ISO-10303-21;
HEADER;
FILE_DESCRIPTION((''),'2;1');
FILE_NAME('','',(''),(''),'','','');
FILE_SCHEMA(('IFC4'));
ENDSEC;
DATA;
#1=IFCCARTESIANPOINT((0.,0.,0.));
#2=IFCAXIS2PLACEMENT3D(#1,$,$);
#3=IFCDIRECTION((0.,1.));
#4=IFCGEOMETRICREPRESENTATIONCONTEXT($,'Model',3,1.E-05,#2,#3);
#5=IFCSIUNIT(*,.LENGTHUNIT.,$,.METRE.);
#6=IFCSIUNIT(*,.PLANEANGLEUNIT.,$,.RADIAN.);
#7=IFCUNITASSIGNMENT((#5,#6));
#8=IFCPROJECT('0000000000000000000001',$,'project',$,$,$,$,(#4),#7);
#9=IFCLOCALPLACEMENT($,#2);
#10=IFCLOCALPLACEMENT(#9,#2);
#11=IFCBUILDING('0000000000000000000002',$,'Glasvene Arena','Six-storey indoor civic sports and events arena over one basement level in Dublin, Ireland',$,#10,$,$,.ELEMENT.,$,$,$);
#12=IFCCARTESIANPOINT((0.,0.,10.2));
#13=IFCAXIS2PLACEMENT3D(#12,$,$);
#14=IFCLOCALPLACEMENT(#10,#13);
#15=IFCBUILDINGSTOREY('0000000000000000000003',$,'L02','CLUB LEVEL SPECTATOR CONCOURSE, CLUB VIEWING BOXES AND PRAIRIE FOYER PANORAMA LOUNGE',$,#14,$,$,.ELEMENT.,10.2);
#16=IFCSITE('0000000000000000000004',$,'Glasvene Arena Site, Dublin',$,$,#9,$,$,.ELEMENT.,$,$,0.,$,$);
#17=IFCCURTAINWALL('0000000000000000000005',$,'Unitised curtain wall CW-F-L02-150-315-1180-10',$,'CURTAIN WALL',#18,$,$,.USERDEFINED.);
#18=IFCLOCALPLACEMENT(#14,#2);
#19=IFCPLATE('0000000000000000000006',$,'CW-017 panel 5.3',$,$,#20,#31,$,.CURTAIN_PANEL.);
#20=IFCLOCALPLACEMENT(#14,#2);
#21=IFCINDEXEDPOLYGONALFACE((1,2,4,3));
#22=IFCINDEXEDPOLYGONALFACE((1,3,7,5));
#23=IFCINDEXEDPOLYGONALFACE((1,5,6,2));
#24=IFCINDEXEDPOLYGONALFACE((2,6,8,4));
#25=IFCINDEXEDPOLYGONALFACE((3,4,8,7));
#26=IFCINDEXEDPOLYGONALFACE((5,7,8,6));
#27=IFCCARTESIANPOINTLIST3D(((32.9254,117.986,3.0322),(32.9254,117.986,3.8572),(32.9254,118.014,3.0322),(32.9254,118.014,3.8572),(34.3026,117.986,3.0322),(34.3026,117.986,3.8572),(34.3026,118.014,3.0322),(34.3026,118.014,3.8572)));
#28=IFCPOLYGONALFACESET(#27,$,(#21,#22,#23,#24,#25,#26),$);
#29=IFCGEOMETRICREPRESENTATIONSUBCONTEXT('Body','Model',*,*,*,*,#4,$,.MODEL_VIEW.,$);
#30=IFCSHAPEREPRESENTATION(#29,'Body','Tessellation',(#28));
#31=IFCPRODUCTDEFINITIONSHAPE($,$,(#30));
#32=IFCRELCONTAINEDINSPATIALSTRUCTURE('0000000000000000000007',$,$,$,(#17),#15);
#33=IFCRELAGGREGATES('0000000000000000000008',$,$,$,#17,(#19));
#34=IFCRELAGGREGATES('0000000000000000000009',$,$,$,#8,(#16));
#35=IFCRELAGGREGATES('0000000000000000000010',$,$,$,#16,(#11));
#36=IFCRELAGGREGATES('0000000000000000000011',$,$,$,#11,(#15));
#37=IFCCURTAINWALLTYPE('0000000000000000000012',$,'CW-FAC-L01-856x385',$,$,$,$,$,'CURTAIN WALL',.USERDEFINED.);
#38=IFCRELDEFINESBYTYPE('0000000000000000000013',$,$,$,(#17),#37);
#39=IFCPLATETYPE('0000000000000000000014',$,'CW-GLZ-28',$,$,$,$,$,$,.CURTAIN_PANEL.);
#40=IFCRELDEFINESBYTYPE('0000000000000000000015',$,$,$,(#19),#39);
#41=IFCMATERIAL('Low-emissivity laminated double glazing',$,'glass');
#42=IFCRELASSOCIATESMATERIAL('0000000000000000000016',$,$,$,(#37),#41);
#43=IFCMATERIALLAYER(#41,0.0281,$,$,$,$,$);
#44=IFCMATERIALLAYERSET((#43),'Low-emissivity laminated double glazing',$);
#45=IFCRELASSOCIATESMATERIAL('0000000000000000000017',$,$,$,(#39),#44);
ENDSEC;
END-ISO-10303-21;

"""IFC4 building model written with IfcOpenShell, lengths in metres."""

from ifc_helpers import new_model, si_unit, direction, frame, origin, origin_2d, place, context, subcontext, project, spatial, rectangle, extrude, material, layer, layer_set, type_object, element, aggregate, save


model = new_model("IFC4")

# Units and contexts
model_context = context("Model", 3, precision=1e-05, world=origin(), true_north=direction((0.0, 1.0)))
body_context = subcontext(model_context, "Body", "Model", "MODEL_VIEW")
ifc_project = project(units=[si_unit("LENGTHUNIT", "METRE"), si_unit("PLANEANGLEUNIT", "RADIAN")], contexts=[model_context])

# Site, building, storey
site_placement = place(None, origin())
site = spatial("IfcSite", under=ifc_project, at=site_placement, Name="Glasvene Arena Site, Dublin", CompositionType="ELEMENT", RefElevation=0.0)
building_placement = place(site_placement, origin())
building = spatial("IfcBuilding", under=site, at=building_placement, Name="Glasvene Arena", Description="Six-storey indoor civic sports and events arena over one basement level in Dublin, Ireland", CompositionType="ELEMENT")
storey_placement = place(building_placement, frame((0.0, 0.0, 10.2)))
storey = spatial("IfcBuildingStorey", under=building, at=storey_placement, Name="L02", Description="CLUB LEVEL SPECTATOR CONCOURSE, CLUB VIEWING BOXES AND PRAIRIE FOYER PANORAMA LOUNGE", CompositionType="ELEMENT", Elevation=10.2)

# Curtain wall, plate
ifc_material_1 = material(Name="Low-emissivity laminated double glazing", Category="glass")
curtain_wall_type = type_object("IfcCurtainWallType", Name="CW-FAC-L01-856x385", ElementType="CURTAIN WALL", PredefinedType="USERDEFINED", material=ifc_material_1)
curtain_wall_placement = place(storey_placement, frame((27.1919, 118.0, 0.0)))
curtain_wall = element("IfcCurtainWall", 1, at=curtain_wall_placement, inside=storey, type_object=curtain_wall_type, Name="Unitised curtain wall CW-F-L02-150-315-1180-10", ObjectType="CURTAIN WALL", PredefinedType="USERDEFINED")
ifc_layer = layer(ifc_material_1, 0.0281)
ifc_layer_set = layer_set([ifc_layer], Name="Low-emissivity laminated double glazing")
plate_type = type_object("IfcPlateType", Name="CW-GLZ-28", PredefinedType="CURTAIN_PANEL", material=ifc_layer_set)
plate_1_placement = place(storey_placement, frame((33.614, 118.0, 3.0322), z_axis=(0.0, 0.0, 1.0), x_axis=(1.0, 0.0, 0.0)))
plate_1 = element("IfcPlate", 2, at=plate_1_placement, type_object=plate_type, Name="CW-017 panel 5.3", PredefinedType="CURTAIN_PANEL", context=body_context, shape_type="SweptSolid", body=[
    extrude(rectangle(XDim=1.3772, YDim=0.0281, at=origin_2d()), origin(), (0.0, 0.0, 1.0), 0.825),
])
aggregate(curtain_wall, [plate_1])

save(model, "model.ifc")
